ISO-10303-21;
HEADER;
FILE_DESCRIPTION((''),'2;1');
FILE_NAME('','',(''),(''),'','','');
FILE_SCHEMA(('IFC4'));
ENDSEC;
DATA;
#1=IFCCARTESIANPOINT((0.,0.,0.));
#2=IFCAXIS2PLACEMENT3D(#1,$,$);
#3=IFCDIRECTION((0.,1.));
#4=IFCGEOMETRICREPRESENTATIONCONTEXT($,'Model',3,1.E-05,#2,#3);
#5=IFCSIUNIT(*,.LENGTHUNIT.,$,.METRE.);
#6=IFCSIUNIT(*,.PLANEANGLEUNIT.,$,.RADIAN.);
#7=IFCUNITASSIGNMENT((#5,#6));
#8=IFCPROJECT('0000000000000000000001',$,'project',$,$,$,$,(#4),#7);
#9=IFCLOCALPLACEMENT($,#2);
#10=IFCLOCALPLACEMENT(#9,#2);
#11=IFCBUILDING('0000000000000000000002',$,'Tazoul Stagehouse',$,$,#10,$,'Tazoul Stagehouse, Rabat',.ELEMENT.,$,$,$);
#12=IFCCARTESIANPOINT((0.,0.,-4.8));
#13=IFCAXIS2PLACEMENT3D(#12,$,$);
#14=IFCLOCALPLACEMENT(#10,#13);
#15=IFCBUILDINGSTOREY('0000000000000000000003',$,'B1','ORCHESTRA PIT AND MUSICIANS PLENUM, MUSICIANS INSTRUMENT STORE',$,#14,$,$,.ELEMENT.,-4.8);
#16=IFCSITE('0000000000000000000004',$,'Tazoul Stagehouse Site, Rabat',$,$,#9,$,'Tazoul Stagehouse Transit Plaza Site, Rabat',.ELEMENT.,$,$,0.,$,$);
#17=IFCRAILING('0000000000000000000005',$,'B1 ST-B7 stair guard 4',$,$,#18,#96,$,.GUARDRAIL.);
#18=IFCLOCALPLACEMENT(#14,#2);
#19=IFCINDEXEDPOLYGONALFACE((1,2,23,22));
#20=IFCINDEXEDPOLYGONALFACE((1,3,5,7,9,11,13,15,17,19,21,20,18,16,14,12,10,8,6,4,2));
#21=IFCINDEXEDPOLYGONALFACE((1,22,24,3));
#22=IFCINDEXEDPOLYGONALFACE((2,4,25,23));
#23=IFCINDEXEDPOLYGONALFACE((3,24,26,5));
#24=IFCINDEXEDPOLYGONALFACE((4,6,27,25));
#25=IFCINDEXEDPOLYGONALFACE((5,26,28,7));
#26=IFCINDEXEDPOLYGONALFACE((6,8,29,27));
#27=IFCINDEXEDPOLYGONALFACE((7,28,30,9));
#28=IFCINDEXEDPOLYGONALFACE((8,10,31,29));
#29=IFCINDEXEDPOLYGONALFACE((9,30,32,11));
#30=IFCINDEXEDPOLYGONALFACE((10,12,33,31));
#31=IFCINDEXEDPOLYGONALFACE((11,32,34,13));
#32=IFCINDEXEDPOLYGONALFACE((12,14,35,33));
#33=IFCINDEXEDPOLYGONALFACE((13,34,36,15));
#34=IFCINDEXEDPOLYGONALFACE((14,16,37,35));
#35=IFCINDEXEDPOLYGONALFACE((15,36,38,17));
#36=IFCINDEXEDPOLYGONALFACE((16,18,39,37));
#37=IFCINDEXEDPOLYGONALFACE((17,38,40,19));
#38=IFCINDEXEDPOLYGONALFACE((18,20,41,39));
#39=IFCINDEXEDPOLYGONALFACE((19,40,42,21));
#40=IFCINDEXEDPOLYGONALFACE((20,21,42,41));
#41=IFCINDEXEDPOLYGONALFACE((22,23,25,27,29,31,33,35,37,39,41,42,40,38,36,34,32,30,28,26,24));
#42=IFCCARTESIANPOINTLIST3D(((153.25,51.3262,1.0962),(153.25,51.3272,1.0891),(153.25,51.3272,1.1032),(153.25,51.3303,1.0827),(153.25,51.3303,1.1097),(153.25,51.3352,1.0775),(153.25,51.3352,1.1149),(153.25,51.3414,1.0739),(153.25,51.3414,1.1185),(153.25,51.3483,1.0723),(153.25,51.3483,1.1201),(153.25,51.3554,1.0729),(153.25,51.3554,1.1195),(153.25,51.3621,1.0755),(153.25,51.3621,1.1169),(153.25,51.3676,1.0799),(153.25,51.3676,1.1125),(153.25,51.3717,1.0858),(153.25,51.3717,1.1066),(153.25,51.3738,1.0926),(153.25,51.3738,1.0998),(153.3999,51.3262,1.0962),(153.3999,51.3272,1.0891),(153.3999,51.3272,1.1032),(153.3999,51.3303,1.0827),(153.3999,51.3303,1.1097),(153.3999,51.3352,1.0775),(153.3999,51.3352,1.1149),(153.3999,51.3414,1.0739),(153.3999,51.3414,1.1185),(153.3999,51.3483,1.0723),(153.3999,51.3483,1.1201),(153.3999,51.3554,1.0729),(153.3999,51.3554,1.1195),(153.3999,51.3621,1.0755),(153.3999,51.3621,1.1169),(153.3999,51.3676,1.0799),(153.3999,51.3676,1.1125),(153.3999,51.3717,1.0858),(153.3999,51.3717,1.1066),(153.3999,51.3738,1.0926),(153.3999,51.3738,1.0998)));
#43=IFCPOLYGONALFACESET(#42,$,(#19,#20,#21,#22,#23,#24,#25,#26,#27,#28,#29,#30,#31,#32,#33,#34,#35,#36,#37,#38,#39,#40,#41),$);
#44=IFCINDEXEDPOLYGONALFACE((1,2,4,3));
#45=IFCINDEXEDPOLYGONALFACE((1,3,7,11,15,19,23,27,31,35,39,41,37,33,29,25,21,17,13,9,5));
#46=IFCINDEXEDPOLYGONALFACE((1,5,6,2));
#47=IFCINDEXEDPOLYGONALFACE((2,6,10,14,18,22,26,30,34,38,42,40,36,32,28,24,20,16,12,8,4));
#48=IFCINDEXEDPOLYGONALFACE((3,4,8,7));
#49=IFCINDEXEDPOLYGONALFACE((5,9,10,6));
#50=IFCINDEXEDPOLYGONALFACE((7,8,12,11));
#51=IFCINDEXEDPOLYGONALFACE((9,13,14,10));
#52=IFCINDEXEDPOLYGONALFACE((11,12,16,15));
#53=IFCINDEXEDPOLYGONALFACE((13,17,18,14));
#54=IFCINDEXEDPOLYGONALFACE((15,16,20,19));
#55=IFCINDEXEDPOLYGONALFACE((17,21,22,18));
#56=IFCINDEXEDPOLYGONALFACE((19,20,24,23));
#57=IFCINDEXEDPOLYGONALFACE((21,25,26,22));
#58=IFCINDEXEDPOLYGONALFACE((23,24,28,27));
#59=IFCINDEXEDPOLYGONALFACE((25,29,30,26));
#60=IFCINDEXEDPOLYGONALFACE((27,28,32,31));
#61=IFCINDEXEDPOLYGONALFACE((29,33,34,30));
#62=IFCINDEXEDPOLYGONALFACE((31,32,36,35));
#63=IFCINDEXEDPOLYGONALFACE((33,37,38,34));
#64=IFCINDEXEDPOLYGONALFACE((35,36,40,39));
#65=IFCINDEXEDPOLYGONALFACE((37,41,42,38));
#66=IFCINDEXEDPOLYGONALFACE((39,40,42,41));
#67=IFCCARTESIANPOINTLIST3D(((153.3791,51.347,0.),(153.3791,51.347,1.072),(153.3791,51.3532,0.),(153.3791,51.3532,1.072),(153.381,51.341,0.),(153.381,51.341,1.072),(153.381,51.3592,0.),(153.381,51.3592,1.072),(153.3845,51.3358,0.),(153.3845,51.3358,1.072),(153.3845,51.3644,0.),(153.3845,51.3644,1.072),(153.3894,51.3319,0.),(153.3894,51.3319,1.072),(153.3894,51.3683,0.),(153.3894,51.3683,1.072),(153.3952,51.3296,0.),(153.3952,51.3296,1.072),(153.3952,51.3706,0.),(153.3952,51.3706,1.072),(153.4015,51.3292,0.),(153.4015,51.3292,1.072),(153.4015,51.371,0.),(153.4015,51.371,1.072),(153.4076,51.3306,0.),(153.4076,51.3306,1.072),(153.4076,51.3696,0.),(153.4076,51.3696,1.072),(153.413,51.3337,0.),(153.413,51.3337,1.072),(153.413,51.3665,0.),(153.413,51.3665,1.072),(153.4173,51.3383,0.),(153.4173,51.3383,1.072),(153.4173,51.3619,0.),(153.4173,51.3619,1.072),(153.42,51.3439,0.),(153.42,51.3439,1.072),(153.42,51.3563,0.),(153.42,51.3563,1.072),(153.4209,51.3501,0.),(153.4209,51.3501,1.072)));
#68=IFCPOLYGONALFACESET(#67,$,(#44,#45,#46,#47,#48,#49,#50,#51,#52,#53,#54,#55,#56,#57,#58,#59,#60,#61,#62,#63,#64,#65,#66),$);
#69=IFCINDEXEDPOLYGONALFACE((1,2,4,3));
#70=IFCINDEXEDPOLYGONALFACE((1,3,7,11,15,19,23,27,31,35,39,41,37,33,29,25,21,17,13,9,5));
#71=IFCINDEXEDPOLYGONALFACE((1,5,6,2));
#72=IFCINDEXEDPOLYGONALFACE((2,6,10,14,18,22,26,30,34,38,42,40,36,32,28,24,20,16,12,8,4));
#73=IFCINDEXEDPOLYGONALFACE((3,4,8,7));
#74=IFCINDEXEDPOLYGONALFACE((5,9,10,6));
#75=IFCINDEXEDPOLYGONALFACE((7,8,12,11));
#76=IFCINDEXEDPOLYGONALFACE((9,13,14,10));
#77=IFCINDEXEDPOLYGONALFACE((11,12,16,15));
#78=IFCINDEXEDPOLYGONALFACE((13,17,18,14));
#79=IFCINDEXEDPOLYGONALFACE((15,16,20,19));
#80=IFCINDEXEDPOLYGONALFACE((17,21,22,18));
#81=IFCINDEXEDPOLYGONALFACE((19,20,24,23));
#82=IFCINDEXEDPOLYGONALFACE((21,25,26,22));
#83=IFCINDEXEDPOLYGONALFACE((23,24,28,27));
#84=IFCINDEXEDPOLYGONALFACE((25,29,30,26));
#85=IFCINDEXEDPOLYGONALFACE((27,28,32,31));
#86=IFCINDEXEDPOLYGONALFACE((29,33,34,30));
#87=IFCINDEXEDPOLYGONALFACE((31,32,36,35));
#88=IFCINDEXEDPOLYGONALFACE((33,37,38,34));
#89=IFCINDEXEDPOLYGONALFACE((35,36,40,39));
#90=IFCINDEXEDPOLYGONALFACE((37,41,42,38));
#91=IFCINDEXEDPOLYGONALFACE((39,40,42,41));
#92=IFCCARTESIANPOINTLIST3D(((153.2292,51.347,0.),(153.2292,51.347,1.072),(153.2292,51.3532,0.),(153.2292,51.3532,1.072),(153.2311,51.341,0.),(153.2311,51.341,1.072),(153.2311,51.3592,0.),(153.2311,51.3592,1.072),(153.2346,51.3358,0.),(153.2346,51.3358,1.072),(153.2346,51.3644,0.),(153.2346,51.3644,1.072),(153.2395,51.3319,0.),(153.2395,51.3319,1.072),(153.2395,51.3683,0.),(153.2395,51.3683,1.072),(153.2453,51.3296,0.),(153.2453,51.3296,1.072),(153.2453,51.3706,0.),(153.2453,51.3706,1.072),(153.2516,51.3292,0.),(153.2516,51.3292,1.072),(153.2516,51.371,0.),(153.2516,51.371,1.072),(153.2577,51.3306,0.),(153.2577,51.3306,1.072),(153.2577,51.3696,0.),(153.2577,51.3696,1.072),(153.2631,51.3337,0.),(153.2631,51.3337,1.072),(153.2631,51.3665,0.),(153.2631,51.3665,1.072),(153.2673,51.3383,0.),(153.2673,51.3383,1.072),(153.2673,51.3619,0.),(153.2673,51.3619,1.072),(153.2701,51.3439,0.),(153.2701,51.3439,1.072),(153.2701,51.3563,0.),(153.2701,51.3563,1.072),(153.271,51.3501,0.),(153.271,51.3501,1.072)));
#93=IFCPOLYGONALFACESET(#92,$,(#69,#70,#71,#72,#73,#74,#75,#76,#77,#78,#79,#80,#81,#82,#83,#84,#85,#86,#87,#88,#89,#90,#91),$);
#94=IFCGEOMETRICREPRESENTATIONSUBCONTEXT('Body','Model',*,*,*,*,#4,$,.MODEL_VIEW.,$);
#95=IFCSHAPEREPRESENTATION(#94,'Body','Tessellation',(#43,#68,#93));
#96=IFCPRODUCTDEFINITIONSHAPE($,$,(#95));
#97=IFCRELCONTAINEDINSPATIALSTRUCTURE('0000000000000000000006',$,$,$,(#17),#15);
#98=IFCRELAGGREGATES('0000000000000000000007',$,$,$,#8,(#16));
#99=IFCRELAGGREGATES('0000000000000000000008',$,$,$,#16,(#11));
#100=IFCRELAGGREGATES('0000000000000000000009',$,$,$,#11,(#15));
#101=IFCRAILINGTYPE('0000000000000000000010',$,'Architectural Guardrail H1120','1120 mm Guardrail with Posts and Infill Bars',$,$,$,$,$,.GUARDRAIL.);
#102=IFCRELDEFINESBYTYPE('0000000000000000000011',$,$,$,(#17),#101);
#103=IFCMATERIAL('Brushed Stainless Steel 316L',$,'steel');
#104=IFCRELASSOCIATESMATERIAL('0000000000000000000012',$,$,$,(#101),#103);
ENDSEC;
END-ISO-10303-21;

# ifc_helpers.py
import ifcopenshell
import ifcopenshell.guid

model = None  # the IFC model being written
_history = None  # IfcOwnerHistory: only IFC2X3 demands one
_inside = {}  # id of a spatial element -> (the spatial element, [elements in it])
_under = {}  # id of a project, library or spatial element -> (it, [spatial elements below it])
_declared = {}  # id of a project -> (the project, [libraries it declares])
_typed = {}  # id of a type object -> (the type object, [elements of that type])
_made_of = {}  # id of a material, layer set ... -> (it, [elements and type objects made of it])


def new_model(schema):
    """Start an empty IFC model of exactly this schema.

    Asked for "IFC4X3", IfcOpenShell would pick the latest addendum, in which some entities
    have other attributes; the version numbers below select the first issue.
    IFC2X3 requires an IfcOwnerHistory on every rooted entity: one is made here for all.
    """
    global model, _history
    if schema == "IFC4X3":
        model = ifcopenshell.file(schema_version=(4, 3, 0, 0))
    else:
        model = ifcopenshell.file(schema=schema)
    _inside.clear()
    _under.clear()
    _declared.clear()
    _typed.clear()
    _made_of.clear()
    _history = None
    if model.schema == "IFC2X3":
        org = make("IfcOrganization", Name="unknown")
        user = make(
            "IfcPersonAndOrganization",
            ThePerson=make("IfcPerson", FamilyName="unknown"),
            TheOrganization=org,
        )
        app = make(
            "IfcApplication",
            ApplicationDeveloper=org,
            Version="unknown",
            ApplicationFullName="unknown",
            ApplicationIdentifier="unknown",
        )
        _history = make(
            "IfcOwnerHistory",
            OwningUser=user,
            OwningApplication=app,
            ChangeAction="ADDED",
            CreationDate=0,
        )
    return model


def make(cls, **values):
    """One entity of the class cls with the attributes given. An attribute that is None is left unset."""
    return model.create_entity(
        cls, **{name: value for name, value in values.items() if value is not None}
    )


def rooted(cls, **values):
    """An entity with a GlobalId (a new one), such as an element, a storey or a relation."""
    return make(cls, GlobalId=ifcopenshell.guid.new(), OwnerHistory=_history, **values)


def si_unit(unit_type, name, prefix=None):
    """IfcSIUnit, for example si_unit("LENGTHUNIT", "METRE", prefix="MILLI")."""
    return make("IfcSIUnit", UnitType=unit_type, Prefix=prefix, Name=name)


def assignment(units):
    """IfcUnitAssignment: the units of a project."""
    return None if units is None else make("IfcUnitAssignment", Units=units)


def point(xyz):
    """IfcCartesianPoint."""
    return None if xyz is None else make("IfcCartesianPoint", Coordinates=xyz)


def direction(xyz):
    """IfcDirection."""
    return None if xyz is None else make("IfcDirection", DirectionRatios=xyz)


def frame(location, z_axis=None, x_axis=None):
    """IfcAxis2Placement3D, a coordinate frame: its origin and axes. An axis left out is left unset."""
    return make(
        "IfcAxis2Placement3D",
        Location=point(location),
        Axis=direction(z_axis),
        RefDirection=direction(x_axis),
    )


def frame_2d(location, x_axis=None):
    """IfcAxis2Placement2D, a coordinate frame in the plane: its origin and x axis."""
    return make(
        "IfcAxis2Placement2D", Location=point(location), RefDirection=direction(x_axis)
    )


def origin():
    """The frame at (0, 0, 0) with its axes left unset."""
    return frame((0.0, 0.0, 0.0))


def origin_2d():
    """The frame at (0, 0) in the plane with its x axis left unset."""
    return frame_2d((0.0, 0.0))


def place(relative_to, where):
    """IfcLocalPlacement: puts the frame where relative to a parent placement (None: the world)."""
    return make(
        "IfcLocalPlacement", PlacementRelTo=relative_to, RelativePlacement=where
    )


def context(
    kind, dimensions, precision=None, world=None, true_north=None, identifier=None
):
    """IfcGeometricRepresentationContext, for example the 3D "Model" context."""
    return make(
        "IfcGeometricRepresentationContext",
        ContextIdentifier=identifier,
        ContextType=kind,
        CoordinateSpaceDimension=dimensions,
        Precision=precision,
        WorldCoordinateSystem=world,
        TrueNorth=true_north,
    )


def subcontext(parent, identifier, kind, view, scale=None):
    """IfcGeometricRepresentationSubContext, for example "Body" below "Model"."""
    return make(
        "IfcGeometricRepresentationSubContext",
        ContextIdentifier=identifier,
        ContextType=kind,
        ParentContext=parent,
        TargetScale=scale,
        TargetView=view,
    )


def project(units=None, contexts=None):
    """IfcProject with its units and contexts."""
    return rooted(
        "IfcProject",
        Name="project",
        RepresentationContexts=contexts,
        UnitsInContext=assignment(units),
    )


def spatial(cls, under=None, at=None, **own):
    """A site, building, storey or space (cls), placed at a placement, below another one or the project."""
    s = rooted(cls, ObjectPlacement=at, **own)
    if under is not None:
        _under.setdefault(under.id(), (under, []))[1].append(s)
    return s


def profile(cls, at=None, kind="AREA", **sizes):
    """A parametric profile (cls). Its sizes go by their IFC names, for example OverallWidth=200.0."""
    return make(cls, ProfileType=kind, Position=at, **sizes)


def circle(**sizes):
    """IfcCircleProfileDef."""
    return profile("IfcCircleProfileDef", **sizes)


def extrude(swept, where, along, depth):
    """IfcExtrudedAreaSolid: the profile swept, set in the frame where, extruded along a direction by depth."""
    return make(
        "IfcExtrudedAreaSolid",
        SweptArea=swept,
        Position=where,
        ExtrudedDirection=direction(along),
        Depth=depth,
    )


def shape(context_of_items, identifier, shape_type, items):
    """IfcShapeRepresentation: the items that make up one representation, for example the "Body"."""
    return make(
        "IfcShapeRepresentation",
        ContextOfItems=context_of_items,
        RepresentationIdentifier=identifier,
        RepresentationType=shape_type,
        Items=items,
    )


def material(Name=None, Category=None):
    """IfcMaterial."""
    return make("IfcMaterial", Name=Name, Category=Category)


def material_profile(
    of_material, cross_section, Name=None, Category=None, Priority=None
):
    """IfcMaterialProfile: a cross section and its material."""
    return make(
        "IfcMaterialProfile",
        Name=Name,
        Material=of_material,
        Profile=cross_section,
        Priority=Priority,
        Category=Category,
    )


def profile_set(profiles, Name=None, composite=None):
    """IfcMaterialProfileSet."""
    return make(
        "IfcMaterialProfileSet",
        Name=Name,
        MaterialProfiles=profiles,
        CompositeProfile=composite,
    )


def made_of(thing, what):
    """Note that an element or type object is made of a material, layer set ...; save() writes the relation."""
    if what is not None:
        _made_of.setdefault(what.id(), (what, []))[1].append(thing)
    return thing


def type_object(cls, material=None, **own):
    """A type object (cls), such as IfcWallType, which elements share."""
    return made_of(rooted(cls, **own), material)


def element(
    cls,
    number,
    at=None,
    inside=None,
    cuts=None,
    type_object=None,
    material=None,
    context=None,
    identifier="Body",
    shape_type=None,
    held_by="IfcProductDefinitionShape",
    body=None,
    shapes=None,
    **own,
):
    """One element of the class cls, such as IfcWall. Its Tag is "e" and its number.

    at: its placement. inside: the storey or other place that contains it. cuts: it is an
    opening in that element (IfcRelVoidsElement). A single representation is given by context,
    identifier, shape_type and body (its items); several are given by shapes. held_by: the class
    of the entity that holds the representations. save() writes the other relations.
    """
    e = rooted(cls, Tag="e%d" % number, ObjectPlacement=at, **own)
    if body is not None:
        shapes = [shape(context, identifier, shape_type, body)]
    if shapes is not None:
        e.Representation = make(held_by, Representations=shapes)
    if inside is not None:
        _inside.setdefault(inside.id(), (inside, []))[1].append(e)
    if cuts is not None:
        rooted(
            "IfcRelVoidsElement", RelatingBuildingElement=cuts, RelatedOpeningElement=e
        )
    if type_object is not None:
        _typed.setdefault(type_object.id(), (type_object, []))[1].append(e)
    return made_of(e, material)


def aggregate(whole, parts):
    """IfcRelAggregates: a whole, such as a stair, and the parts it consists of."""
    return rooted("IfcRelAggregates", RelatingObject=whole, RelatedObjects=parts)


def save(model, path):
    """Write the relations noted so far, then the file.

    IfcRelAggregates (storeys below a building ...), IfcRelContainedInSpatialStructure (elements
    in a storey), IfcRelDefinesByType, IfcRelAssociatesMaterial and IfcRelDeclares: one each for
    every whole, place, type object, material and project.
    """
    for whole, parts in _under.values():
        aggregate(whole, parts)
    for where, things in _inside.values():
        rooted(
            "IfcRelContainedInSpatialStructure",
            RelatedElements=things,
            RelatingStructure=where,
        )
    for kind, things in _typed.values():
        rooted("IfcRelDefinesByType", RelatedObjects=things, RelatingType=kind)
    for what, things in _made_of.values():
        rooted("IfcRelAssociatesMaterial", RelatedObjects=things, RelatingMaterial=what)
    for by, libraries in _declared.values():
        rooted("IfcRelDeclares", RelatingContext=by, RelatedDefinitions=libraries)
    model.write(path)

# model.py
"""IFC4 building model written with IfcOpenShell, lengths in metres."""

from ifc_helpers import new_model, si_unit, direction, frame, origin, origin_2d, place, context, subcontext, project, spatial, circle, extrude, material, material_profile, profile_set, type_object, element, save


model = new_model("IFC4")

# Units and contexts
model_context = context("Model", 3, precision=1e-05, world=origin(), true_north=direction((0.0, 1.0)))
body_context = subcontext(model_context, "Body", "Model", "MODEL_VIEW")
ifc_project = project(units=[si_unit("LENGTHUNIT", "METRE"), si_unit("PLANEANGLEUNIT", "RADIAN")], contexts=[model_context])

# Site, building, storey
site_placement = place(None, origin())
site = spatial("IfcSite", under=ifc_project, at=site_placement, Name="Tazoul Stagehouse Site, Rabat", LongName="Tazoul Stagehouse Transit Plaza Site, Rabat", CompositionType="ELEMENT", RefElevation=0.0)
building_placement = place(site_placement, origin())
building = spatial("IfcBuilding", under=site, at=building_placement, Name="Tazoul Stagehouse", LongName="Tazoul Stagehouse, Rabat", CompositionType="ELEMENT")
storey_placement = place(building_placement, frame((0.0, 0.0, -4.8)))
storey = spatial("IfcBuildingStorey", under=building, at=storey_placement, Name="B1", Description="ORCHESTRA PIT AND MUSICIANS PLENUM, MUSICIANS INSTRUMENT STORE", CompositionType="ELEMENT", Elevation=-4.8)

# Railing
ifc_material_1 = material(Name="Brushed Stainless Steel 316L", Category="steel")
ifc_material_profile_1 = material_profile(ifc_material_1, circle(Radius=0.0239, at=origin_2d()), Name="SS RAIL D48")
ifc_profile_set_1 = profile_set([ifc_material_profile_1], Name="Brushed Stainless Steel 316L")
railing_type_1 = type_object("IfcRailingType", Name="Architectural Guardrail H1120", Description="1120 mm Guardrail with Posts and Infill Bars", PredefinedType="GUARDRAIL", material=ifc_profile_set_1)
railing_1_placement = place(storey_placement, frame((153.3999, 51.3501, 0.0)))
element("IfcRailing", 1, at=railing_1_placement, inside=storey, type_object=railing_type_1, Name="B1 ST-B7 stair guard 4", PredefinedType="GUARDRAIL", context=body_context, shape_type="SweptSolid", body=[
    extrude(circle(Radius=0.0239, at=origin_2d()), frame((0.0, 0.0, 1.0962), z_axis=(-1.0, 0.0, 0.0), x_axis=(0.0, -1.0, 0.0)), (0.0, 0.0, 1.0), 0.1499),
    extrude(circle(Radius=0.021, at=origin_2d()), origin(), (0.0, 0.0, 1.0), 1.072),
    extrude(circle(Radius=0.021, at=origin_2d()), frame((-0.1499, 0.0, 0.0)), (0.0, 0.0, 1.0), 1.072),
])

save(model, "model.ifc")
